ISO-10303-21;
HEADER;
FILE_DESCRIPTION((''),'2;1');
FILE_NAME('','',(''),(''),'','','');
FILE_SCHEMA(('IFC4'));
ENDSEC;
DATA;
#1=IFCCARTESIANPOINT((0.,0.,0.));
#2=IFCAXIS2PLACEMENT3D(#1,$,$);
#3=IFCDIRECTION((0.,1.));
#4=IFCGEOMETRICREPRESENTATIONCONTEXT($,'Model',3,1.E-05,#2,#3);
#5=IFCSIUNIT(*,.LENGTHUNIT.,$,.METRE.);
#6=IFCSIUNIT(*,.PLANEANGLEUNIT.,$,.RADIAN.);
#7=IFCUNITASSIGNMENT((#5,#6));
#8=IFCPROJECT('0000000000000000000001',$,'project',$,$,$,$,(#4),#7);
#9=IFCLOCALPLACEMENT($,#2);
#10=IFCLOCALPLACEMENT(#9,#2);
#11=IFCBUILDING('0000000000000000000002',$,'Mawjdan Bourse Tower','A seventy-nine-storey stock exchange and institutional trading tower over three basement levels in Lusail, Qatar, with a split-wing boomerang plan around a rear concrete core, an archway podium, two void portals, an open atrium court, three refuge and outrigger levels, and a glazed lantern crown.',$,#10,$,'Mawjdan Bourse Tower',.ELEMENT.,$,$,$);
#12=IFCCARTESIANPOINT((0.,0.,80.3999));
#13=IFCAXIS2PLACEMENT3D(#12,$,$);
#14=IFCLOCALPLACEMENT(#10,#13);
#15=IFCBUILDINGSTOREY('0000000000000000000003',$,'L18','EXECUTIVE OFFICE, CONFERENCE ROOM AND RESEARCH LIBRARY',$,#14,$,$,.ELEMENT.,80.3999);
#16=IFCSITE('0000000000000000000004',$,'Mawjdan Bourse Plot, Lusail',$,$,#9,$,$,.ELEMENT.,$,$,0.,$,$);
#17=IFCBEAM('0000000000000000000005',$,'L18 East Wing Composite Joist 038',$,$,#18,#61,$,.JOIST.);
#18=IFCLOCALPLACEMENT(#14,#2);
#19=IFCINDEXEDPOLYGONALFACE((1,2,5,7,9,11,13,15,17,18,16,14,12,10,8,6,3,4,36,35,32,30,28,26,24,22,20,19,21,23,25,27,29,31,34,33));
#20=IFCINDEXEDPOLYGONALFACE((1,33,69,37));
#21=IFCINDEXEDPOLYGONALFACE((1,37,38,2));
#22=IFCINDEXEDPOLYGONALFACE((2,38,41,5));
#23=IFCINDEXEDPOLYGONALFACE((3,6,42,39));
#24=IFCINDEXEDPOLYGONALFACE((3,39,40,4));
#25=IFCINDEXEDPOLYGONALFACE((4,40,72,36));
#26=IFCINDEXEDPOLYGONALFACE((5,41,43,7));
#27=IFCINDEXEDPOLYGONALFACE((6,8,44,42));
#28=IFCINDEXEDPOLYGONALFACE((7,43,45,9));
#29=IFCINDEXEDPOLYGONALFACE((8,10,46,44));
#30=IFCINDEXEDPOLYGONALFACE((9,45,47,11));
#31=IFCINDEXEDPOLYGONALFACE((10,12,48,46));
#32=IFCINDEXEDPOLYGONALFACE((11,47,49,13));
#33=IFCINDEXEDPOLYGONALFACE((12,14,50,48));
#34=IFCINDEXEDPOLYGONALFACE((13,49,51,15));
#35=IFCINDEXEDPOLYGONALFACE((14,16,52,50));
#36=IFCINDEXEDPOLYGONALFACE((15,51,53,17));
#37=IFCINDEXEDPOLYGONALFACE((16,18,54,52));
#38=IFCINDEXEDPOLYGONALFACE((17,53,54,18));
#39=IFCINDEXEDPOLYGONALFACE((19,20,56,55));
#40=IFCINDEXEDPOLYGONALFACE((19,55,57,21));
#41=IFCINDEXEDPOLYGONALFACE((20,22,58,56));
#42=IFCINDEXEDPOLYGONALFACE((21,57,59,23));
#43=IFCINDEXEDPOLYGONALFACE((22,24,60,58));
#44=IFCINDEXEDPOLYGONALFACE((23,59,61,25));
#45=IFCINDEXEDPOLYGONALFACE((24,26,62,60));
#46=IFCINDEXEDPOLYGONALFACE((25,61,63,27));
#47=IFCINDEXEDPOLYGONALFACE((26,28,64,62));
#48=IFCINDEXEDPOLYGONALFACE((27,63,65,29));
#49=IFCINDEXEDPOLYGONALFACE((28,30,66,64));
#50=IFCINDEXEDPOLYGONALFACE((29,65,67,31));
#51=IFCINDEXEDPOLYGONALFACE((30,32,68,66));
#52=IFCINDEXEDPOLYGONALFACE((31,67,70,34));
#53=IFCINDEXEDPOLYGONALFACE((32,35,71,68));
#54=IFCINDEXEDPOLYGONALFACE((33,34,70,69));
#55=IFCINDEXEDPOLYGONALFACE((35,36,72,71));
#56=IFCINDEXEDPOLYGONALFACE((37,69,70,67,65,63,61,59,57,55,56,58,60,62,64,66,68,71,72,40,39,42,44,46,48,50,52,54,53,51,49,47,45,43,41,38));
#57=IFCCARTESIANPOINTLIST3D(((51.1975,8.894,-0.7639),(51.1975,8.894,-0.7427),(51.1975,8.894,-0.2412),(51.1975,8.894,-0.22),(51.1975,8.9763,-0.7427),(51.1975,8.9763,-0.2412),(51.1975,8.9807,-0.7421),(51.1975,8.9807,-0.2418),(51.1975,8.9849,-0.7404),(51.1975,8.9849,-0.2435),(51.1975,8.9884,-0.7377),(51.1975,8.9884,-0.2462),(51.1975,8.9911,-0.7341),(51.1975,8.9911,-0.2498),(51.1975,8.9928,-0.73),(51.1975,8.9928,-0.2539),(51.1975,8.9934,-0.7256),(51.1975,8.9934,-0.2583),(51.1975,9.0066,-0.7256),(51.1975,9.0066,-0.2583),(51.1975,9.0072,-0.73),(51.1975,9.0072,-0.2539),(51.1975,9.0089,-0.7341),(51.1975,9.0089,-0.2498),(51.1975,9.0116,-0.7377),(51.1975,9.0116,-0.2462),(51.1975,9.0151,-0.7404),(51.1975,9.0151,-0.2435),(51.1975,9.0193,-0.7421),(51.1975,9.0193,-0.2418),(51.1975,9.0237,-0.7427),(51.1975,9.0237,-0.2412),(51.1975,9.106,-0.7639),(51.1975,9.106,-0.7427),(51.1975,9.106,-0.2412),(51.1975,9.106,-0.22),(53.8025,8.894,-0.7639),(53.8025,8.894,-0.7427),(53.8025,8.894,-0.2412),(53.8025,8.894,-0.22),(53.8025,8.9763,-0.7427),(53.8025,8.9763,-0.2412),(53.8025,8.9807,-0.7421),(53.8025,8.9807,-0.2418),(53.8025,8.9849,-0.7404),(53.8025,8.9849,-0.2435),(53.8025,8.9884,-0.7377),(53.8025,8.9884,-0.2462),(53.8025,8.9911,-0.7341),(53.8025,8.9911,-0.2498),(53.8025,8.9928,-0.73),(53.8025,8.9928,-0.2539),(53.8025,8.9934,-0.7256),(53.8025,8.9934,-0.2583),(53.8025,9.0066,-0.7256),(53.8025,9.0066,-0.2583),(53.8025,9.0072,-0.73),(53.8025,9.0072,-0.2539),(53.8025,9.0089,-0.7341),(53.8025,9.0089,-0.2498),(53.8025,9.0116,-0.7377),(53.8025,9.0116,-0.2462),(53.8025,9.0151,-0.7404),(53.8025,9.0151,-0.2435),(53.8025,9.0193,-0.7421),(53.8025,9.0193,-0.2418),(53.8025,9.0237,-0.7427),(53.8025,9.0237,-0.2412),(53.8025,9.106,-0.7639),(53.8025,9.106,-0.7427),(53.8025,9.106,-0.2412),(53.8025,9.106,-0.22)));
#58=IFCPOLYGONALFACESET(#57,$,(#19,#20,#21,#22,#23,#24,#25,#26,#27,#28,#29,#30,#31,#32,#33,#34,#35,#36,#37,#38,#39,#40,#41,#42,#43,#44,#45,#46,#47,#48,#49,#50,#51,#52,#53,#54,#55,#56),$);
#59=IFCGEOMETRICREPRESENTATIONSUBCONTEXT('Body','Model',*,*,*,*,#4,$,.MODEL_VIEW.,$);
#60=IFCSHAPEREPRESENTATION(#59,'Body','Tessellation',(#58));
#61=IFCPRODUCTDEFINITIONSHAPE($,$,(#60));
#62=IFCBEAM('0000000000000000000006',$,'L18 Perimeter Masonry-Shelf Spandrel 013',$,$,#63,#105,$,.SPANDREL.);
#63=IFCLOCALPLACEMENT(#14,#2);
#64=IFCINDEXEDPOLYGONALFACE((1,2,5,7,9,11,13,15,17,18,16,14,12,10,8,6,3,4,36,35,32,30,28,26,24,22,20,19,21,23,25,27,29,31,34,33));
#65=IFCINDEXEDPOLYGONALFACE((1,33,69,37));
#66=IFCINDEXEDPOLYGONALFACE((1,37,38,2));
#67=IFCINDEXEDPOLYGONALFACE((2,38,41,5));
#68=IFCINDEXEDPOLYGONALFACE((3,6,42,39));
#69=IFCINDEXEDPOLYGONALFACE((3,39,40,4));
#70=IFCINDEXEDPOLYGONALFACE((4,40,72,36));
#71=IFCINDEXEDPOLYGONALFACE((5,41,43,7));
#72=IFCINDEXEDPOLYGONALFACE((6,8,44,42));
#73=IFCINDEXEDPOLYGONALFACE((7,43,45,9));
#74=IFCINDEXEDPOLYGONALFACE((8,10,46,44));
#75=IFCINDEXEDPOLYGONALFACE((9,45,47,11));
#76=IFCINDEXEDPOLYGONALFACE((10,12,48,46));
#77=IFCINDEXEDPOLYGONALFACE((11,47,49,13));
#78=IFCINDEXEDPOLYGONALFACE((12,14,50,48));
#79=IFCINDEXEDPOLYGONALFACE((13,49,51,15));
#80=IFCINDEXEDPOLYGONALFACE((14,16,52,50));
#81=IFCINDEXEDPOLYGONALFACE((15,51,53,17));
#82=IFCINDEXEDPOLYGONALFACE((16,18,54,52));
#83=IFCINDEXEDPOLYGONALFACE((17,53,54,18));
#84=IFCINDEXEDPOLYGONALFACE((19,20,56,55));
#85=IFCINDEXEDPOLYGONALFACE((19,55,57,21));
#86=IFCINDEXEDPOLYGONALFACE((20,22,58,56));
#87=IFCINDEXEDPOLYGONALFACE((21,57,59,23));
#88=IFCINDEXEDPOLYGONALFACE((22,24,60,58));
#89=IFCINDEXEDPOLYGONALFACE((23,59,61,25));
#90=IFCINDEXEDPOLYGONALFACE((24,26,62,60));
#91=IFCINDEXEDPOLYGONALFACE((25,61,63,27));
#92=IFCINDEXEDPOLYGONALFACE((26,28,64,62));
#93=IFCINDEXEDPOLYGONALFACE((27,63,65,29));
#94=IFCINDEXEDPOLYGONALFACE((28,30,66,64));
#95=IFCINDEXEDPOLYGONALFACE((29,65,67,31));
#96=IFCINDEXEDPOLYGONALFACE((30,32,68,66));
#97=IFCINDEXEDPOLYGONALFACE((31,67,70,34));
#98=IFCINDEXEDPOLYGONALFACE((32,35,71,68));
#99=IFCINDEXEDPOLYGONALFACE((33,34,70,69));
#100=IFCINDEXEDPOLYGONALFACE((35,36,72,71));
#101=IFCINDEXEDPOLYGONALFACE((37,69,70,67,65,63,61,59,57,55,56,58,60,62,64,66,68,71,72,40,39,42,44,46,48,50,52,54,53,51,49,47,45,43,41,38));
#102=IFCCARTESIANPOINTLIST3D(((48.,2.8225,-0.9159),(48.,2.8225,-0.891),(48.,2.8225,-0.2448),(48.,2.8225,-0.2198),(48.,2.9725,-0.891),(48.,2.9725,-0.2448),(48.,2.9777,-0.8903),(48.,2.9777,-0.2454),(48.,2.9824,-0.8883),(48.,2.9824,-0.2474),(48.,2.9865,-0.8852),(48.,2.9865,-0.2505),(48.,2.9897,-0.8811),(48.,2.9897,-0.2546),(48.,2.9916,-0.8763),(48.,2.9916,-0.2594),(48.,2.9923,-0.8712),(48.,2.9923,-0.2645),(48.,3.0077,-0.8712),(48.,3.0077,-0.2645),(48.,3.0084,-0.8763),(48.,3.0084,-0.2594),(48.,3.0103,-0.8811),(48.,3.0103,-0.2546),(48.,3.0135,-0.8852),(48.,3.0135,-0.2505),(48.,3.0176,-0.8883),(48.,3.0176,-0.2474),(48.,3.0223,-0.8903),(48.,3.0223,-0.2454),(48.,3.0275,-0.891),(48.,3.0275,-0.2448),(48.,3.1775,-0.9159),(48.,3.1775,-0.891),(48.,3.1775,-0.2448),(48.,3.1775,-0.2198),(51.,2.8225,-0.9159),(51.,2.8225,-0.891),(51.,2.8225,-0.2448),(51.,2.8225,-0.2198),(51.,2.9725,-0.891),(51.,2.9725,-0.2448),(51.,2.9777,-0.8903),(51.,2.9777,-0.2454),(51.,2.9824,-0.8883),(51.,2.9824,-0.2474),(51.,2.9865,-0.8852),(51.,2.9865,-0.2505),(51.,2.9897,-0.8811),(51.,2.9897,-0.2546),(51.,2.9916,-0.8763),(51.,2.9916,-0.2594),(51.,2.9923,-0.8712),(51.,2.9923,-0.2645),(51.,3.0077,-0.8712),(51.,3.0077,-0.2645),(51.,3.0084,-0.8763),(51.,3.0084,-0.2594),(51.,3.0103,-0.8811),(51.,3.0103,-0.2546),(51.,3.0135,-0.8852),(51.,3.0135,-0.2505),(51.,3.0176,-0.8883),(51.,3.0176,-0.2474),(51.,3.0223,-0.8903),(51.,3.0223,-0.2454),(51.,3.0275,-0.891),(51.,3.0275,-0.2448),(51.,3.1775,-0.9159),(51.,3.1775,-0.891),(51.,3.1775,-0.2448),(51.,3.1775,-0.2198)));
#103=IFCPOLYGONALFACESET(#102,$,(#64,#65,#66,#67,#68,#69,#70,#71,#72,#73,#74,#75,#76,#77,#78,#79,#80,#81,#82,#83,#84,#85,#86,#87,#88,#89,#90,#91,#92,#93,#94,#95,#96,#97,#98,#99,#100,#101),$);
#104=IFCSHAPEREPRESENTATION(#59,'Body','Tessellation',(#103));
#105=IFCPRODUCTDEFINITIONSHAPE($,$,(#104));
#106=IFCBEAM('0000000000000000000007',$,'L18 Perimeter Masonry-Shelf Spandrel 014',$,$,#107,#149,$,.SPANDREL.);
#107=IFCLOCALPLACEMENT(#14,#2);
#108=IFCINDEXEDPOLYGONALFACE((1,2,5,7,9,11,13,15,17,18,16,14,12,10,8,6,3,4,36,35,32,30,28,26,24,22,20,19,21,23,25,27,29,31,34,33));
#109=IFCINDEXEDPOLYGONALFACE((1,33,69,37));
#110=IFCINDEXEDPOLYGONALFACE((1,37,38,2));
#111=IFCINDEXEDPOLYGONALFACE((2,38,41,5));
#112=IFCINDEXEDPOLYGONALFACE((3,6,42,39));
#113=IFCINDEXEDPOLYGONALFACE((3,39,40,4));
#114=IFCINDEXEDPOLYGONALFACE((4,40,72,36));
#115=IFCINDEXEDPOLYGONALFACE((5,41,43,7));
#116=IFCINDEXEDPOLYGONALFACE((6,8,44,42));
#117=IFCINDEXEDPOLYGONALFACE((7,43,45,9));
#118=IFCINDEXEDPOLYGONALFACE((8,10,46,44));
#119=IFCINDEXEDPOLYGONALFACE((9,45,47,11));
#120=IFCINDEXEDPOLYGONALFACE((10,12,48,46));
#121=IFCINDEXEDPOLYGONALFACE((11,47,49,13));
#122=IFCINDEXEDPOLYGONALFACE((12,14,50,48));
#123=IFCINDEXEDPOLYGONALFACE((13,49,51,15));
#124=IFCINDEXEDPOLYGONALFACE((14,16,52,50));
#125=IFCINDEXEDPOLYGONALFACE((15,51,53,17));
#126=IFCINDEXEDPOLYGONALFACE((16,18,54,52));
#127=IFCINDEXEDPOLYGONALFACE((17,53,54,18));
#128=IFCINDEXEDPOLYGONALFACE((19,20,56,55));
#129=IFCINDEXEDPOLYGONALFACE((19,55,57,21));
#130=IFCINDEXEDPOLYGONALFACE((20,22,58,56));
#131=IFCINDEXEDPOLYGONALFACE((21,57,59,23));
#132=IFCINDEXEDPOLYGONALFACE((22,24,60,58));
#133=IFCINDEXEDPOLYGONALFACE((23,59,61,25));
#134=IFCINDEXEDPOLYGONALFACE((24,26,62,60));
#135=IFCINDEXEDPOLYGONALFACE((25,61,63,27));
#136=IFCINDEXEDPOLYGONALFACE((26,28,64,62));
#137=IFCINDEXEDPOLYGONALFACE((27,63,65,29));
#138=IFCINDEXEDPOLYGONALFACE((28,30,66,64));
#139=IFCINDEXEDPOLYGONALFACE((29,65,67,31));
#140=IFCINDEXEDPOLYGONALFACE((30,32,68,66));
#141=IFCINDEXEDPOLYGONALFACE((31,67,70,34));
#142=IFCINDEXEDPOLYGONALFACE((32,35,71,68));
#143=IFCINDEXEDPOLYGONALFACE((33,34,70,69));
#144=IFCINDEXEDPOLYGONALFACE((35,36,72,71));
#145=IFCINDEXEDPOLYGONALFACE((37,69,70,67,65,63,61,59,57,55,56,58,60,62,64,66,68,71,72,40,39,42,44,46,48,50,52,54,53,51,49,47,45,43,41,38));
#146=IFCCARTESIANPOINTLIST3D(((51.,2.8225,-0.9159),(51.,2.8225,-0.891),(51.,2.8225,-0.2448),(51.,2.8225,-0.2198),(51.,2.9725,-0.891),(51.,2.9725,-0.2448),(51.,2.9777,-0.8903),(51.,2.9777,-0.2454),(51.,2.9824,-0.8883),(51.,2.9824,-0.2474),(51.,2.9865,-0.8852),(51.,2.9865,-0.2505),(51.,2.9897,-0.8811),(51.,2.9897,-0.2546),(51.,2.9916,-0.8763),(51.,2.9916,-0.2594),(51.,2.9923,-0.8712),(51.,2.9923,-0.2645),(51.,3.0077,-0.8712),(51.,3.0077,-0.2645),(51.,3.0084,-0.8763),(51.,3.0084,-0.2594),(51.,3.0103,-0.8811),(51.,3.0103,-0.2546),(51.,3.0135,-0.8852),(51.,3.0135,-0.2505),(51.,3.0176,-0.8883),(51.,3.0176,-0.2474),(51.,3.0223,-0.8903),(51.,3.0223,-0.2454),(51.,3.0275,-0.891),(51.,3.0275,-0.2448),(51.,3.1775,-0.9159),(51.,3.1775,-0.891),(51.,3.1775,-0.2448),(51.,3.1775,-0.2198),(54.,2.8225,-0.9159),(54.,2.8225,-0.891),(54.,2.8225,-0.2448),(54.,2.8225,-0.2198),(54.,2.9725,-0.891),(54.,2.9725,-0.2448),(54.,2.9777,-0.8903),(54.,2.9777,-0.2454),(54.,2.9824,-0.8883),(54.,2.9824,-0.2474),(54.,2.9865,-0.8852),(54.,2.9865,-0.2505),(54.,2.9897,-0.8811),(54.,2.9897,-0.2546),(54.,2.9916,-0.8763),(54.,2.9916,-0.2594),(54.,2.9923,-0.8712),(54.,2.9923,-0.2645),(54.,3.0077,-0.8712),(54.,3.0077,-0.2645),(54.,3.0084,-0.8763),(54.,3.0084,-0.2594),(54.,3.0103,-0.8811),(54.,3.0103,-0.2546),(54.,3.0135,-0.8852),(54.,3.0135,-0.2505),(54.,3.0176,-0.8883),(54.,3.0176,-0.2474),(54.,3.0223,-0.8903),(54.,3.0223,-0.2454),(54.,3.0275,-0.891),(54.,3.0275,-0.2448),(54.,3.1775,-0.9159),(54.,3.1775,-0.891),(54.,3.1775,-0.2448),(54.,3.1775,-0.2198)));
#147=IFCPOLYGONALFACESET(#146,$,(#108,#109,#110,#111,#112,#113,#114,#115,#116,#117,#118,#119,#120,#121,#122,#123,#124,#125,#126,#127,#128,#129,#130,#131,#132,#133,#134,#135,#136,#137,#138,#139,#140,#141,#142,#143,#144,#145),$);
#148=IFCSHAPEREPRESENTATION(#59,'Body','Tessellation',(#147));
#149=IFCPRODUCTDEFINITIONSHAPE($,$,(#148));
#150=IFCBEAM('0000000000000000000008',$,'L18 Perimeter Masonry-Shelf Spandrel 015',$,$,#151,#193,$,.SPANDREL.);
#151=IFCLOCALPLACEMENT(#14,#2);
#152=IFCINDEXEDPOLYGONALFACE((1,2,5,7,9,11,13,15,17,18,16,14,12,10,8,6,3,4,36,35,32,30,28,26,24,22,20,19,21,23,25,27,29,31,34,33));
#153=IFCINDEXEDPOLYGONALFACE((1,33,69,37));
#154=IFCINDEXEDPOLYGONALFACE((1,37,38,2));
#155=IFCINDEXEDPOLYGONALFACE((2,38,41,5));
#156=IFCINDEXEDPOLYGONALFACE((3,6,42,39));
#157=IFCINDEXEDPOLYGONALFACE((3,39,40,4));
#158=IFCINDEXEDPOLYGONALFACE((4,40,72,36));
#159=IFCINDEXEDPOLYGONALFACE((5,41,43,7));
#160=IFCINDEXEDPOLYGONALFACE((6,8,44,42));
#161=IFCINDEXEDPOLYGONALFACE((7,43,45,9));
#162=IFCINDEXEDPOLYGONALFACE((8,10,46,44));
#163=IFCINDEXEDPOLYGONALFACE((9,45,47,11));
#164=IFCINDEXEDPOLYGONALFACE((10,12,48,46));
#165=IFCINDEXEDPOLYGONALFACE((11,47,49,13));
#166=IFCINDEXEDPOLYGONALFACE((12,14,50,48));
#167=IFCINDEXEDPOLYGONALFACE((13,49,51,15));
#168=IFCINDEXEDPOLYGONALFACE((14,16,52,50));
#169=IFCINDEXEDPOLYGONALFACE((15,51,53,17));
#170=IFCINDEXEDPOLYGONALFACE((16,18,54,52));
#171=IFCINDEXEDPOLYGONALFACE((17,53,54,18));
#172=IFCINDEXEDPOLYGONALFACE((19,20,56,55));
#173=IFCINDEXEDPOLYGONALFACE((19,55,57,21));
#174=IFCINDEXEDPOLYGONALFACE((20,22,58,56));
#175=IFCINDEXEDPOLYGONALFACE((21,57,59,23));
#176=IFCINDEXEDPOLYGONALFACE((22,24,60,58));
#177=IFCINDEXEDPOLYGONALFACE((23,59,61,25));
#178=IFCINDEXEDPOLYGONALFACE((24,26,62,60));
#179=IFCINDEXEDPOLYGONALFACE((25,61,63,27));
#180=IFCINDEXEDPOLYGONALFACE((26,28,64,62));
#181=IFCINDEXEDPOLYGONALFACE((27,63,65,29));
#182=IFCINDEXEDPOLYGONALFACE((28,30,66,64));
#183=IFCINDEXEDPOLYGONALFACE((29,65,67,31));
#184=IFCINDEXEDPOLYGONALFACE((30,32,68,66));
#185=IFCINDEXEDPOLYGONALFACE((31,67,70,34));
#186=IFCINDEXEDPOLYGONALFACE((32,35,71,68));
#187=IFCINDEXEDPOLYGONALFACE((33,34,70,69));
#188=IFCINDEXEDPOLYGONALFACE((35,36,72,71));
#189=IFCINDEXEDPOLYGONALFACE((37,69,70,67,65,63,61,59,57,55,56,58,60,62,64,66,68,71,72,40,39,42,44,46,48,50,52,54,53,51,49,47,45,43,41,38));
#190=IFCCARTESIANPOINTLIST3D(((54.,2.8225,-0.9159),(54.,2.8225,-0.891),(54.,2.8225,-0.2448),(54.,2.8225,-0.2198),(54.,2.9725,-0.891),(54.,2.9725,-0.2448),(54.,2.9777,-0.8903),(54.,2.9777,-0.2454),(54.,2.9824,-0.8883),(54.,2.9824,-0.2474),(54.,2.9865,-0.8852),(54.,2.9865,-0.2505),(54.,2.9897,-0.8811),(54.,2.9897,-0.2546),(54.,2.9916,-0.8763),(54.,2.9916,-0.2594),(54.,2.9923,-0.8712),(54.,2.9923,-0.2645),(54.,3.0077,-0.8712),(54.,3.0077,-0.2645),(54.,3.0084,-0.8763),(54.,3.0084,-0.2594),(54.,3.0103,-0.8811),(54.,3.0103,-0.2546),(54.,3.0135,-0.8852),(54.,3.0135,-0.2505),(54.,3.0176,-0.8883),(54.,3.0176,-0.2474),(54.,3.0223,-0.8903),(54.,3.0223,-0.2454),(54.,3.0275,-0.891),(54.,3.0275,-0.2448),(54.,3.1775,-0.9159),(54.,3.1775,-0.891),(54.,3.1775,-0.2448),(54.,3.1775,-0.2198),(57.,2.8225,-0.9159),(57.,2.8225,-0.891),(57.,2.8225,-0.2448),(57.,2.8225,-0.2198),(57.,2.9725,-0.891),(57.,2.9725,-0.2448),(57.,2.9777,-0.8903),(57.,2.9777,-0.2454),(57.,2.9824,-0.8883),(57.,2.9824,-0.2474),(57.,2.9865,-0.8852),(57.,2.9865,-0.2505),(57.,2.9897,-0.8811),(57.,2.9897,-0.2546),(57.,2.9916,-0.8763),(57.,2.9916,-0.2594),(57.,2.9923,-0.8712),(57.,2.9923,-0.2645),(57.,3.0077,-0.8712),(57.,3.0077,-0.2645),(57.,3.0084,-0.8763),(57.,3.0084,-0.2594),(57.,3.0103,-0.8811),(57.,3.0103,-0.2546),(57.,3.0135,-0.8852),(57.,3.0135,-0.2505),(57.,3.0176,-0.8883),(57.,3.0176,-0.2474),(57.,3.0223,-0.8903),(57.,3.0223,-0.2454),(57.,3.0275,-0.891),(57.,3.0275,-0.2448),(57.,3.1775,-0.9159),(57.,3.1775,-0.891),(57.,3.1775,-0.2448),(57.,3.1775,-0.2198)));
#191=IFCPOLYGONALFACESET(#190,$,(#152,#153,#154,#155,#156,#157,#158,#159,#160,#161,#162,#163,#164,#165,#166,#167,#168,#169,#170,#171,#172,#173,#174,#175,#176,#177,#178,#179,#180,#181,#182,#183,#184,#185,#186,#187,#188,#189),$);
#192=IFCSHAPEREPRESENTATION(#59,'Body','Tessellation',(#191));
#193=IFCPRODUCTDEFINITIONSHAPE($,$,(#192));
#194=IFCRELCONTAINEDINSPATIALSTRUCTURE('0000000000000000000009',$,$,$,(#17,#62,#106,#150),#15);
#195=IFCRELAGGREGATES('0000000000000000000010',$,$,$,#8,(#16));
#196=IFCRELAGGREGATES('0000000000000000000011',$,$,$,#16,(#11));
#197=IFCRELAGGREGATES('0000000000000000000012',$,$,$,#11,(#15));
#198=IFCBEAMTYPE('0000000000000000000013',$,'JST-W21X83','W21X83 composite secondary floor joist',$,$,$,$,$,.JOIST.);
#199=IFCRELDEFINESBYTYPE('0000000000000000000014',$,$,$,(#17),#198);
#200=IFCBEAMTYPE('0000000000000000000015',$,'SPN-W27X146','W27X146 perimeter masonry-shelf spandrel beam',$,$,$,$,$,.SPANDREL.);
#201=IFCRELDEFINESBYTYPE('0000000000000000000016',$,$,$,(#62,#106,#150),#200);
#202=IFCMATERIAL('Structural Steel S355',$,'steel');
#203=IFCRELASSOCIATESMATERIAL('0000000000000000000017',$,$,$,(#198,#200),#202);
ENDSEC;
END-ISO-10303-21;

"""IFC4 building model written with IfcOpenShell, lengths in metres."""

from ifc_helpers import new_model, si_unit, direction, frame, origin, origin_2d, place, context, subcontext, project, spatial, i_section, extrude, material, material_profile, profile_set, type_object, element, save


model = new_model("IFC4")

# Units and contexts
model_context = context("Model", 3, precision=1e-05, world=origin(), true_north=direction((0.0, 1.0)))
body_context = subcontext(model_context, "Body", "Model", "MODEL_VIEW")
ifc_project = project(units=[si_unit("LENGTHUNIT", "METRE"), si_unit("PLANEANGLEUNIT", "RADIAN")], contexts=[model_context])

# Site, building, storey
site_placement = place(None, origin())
site = spatial("IfcSite", under=ifc_project, at=site_placement, Name="Mawjdan Bourse Plot, Lusail", CompositionType="ELEMENT", RefElevation=0.0)
building_placement = place(site_placement, origin())
building = spatial("IfcBuilding", under=site, at=building_placement, Name="Mawjdan Bourse Tower", Description="A seventy-nine-storey stock exchange and institutional trading tower over three basement levels in Lusail, Qatar, with a split-wing boomerang plan around a rear concrete core, an archway podium, two void portals, an open atrium court, three refuge and outrigger levels, and a glazed lantern crown.", LongName="Mawjdan Bourse Tower", CompositionType="ELEMENT")
storey_placement = place(building_placement, frame((0.0, 0.0, 80.3999)))
storey = spatial("IfcBuildingStorey", under=building, at=storey_placement, Name="L18", Description="EXECUTIVE OFFICE, CONFERENCE ROOM AND RESEARCH LIBRARY", CompositionType="ELEMENT", Elevation=80.3999)

# Beams
ifc_material_1 = material(Name="Structural Steel S355", Category="steel")
ifc_material_profile_1 = material_profile(ifc_material_1, i_section(OverallWidth=0.2119, OverallDepth=0.5439, WebThickness=0.0132, FlangeThickness=0.0212, FilletRadius=0.0171, at=origin_2d()), Name="W21X83")
ifc_profile_set_1 = profile_set([ifc_material_profile_1], Name="Structural Steel S355")
beam_type_1 = type_object("IfcBeamType", Name="JST-W21X83", Description="W21X83 composite secondary floor joist", PredefinedType="JOIST", material=ifc_profile_set_1)
for number, where, z_axis, x_axis, name in (
    (1, (51.1975, 9.0, -0.4919), (1.0, 0.0, 0.0), (0.0, 1.0, 0.0), "L18 East Wing Composite Joist 038"),
):
    element("IfcBeam", number, at=place(storey_placement, frame(where, z_axis=z_axis, x_axis=x_axis)), inside=storey, type_object=beam_type_1, Name=name, PredefinedType="JOIST", context=body_context, shape_type="SweptSolid", body=[
        extrude(i_section(OverallWidth=0.2119, OverallDepth=0.5439, WebThickness=0.0132, FlangeThickness=0.0212, FilletRadius=0.0171, at=origin_2d()), origin(), (0.0, 0.0, 1.0), 2.605),
    ])
ifc_material_profile_2 = material_profile(ifc_material_1, i_section(OverallWidth=0.355, OverallDepth=0.696, WebThickness=0.0154, FlangeThickness=0.0249, FilletRadius=0.0198, at=origin_2d()), Name="W27X146")
ifc_profile_set_2 = profile_set([ifc_material_profile_2], Name="Structural Steel S355")
beam_type_2 = type_object("IfcBeamType", Name="SPN-W27X146", Description="W27X146 perimeter masonry-shelf spandrel beam", PredefinedType="SPANDREL", material=ifc_profile_set_2)
for number, where, z_axis, x_axis, name in (
    (2, (48.0, 3.0, -0.5679), (1.0, 0.0, 0.0), (0.0, 1.0, 0.0), "L18 Perimeter Masonry-Shelf Spandrel 013"),
    (3, (51.0, 3.0, -0.5679), (1.0, 0.0, 0.0), (0.0, 1.0, 0.0), "L18 Perimeter Masonry-Shelf Spandrel 014"),
    (4, (54.0, 3.0, -0.5679), (1.0, 0.0, 0.0), (0.0, 1.0, 0.0), "L18 Perimeter Masonry-Shelf Spandrel 015"),
):
    element("IfcBeam", number, at=place(storey_placement, frame(where, z_axis=z_axis, x_axis=x_axis)), inside=storey, type_object=beam_type_2, Name=name, PredefinedType="SPANDREL", context=body_context, shape_type="SweptSolid", body=[
        extrude(i_section(OverallWidth=0.355, OverallDepth=0.696, WebThickness=0.0154, FlangeThickness=0.0249, FilletRadius=0.0198, at=origin_2d()), origin(), (0.0, 0.0, 1.0), 3.0),
    ])

save(model, "model.ifc")
